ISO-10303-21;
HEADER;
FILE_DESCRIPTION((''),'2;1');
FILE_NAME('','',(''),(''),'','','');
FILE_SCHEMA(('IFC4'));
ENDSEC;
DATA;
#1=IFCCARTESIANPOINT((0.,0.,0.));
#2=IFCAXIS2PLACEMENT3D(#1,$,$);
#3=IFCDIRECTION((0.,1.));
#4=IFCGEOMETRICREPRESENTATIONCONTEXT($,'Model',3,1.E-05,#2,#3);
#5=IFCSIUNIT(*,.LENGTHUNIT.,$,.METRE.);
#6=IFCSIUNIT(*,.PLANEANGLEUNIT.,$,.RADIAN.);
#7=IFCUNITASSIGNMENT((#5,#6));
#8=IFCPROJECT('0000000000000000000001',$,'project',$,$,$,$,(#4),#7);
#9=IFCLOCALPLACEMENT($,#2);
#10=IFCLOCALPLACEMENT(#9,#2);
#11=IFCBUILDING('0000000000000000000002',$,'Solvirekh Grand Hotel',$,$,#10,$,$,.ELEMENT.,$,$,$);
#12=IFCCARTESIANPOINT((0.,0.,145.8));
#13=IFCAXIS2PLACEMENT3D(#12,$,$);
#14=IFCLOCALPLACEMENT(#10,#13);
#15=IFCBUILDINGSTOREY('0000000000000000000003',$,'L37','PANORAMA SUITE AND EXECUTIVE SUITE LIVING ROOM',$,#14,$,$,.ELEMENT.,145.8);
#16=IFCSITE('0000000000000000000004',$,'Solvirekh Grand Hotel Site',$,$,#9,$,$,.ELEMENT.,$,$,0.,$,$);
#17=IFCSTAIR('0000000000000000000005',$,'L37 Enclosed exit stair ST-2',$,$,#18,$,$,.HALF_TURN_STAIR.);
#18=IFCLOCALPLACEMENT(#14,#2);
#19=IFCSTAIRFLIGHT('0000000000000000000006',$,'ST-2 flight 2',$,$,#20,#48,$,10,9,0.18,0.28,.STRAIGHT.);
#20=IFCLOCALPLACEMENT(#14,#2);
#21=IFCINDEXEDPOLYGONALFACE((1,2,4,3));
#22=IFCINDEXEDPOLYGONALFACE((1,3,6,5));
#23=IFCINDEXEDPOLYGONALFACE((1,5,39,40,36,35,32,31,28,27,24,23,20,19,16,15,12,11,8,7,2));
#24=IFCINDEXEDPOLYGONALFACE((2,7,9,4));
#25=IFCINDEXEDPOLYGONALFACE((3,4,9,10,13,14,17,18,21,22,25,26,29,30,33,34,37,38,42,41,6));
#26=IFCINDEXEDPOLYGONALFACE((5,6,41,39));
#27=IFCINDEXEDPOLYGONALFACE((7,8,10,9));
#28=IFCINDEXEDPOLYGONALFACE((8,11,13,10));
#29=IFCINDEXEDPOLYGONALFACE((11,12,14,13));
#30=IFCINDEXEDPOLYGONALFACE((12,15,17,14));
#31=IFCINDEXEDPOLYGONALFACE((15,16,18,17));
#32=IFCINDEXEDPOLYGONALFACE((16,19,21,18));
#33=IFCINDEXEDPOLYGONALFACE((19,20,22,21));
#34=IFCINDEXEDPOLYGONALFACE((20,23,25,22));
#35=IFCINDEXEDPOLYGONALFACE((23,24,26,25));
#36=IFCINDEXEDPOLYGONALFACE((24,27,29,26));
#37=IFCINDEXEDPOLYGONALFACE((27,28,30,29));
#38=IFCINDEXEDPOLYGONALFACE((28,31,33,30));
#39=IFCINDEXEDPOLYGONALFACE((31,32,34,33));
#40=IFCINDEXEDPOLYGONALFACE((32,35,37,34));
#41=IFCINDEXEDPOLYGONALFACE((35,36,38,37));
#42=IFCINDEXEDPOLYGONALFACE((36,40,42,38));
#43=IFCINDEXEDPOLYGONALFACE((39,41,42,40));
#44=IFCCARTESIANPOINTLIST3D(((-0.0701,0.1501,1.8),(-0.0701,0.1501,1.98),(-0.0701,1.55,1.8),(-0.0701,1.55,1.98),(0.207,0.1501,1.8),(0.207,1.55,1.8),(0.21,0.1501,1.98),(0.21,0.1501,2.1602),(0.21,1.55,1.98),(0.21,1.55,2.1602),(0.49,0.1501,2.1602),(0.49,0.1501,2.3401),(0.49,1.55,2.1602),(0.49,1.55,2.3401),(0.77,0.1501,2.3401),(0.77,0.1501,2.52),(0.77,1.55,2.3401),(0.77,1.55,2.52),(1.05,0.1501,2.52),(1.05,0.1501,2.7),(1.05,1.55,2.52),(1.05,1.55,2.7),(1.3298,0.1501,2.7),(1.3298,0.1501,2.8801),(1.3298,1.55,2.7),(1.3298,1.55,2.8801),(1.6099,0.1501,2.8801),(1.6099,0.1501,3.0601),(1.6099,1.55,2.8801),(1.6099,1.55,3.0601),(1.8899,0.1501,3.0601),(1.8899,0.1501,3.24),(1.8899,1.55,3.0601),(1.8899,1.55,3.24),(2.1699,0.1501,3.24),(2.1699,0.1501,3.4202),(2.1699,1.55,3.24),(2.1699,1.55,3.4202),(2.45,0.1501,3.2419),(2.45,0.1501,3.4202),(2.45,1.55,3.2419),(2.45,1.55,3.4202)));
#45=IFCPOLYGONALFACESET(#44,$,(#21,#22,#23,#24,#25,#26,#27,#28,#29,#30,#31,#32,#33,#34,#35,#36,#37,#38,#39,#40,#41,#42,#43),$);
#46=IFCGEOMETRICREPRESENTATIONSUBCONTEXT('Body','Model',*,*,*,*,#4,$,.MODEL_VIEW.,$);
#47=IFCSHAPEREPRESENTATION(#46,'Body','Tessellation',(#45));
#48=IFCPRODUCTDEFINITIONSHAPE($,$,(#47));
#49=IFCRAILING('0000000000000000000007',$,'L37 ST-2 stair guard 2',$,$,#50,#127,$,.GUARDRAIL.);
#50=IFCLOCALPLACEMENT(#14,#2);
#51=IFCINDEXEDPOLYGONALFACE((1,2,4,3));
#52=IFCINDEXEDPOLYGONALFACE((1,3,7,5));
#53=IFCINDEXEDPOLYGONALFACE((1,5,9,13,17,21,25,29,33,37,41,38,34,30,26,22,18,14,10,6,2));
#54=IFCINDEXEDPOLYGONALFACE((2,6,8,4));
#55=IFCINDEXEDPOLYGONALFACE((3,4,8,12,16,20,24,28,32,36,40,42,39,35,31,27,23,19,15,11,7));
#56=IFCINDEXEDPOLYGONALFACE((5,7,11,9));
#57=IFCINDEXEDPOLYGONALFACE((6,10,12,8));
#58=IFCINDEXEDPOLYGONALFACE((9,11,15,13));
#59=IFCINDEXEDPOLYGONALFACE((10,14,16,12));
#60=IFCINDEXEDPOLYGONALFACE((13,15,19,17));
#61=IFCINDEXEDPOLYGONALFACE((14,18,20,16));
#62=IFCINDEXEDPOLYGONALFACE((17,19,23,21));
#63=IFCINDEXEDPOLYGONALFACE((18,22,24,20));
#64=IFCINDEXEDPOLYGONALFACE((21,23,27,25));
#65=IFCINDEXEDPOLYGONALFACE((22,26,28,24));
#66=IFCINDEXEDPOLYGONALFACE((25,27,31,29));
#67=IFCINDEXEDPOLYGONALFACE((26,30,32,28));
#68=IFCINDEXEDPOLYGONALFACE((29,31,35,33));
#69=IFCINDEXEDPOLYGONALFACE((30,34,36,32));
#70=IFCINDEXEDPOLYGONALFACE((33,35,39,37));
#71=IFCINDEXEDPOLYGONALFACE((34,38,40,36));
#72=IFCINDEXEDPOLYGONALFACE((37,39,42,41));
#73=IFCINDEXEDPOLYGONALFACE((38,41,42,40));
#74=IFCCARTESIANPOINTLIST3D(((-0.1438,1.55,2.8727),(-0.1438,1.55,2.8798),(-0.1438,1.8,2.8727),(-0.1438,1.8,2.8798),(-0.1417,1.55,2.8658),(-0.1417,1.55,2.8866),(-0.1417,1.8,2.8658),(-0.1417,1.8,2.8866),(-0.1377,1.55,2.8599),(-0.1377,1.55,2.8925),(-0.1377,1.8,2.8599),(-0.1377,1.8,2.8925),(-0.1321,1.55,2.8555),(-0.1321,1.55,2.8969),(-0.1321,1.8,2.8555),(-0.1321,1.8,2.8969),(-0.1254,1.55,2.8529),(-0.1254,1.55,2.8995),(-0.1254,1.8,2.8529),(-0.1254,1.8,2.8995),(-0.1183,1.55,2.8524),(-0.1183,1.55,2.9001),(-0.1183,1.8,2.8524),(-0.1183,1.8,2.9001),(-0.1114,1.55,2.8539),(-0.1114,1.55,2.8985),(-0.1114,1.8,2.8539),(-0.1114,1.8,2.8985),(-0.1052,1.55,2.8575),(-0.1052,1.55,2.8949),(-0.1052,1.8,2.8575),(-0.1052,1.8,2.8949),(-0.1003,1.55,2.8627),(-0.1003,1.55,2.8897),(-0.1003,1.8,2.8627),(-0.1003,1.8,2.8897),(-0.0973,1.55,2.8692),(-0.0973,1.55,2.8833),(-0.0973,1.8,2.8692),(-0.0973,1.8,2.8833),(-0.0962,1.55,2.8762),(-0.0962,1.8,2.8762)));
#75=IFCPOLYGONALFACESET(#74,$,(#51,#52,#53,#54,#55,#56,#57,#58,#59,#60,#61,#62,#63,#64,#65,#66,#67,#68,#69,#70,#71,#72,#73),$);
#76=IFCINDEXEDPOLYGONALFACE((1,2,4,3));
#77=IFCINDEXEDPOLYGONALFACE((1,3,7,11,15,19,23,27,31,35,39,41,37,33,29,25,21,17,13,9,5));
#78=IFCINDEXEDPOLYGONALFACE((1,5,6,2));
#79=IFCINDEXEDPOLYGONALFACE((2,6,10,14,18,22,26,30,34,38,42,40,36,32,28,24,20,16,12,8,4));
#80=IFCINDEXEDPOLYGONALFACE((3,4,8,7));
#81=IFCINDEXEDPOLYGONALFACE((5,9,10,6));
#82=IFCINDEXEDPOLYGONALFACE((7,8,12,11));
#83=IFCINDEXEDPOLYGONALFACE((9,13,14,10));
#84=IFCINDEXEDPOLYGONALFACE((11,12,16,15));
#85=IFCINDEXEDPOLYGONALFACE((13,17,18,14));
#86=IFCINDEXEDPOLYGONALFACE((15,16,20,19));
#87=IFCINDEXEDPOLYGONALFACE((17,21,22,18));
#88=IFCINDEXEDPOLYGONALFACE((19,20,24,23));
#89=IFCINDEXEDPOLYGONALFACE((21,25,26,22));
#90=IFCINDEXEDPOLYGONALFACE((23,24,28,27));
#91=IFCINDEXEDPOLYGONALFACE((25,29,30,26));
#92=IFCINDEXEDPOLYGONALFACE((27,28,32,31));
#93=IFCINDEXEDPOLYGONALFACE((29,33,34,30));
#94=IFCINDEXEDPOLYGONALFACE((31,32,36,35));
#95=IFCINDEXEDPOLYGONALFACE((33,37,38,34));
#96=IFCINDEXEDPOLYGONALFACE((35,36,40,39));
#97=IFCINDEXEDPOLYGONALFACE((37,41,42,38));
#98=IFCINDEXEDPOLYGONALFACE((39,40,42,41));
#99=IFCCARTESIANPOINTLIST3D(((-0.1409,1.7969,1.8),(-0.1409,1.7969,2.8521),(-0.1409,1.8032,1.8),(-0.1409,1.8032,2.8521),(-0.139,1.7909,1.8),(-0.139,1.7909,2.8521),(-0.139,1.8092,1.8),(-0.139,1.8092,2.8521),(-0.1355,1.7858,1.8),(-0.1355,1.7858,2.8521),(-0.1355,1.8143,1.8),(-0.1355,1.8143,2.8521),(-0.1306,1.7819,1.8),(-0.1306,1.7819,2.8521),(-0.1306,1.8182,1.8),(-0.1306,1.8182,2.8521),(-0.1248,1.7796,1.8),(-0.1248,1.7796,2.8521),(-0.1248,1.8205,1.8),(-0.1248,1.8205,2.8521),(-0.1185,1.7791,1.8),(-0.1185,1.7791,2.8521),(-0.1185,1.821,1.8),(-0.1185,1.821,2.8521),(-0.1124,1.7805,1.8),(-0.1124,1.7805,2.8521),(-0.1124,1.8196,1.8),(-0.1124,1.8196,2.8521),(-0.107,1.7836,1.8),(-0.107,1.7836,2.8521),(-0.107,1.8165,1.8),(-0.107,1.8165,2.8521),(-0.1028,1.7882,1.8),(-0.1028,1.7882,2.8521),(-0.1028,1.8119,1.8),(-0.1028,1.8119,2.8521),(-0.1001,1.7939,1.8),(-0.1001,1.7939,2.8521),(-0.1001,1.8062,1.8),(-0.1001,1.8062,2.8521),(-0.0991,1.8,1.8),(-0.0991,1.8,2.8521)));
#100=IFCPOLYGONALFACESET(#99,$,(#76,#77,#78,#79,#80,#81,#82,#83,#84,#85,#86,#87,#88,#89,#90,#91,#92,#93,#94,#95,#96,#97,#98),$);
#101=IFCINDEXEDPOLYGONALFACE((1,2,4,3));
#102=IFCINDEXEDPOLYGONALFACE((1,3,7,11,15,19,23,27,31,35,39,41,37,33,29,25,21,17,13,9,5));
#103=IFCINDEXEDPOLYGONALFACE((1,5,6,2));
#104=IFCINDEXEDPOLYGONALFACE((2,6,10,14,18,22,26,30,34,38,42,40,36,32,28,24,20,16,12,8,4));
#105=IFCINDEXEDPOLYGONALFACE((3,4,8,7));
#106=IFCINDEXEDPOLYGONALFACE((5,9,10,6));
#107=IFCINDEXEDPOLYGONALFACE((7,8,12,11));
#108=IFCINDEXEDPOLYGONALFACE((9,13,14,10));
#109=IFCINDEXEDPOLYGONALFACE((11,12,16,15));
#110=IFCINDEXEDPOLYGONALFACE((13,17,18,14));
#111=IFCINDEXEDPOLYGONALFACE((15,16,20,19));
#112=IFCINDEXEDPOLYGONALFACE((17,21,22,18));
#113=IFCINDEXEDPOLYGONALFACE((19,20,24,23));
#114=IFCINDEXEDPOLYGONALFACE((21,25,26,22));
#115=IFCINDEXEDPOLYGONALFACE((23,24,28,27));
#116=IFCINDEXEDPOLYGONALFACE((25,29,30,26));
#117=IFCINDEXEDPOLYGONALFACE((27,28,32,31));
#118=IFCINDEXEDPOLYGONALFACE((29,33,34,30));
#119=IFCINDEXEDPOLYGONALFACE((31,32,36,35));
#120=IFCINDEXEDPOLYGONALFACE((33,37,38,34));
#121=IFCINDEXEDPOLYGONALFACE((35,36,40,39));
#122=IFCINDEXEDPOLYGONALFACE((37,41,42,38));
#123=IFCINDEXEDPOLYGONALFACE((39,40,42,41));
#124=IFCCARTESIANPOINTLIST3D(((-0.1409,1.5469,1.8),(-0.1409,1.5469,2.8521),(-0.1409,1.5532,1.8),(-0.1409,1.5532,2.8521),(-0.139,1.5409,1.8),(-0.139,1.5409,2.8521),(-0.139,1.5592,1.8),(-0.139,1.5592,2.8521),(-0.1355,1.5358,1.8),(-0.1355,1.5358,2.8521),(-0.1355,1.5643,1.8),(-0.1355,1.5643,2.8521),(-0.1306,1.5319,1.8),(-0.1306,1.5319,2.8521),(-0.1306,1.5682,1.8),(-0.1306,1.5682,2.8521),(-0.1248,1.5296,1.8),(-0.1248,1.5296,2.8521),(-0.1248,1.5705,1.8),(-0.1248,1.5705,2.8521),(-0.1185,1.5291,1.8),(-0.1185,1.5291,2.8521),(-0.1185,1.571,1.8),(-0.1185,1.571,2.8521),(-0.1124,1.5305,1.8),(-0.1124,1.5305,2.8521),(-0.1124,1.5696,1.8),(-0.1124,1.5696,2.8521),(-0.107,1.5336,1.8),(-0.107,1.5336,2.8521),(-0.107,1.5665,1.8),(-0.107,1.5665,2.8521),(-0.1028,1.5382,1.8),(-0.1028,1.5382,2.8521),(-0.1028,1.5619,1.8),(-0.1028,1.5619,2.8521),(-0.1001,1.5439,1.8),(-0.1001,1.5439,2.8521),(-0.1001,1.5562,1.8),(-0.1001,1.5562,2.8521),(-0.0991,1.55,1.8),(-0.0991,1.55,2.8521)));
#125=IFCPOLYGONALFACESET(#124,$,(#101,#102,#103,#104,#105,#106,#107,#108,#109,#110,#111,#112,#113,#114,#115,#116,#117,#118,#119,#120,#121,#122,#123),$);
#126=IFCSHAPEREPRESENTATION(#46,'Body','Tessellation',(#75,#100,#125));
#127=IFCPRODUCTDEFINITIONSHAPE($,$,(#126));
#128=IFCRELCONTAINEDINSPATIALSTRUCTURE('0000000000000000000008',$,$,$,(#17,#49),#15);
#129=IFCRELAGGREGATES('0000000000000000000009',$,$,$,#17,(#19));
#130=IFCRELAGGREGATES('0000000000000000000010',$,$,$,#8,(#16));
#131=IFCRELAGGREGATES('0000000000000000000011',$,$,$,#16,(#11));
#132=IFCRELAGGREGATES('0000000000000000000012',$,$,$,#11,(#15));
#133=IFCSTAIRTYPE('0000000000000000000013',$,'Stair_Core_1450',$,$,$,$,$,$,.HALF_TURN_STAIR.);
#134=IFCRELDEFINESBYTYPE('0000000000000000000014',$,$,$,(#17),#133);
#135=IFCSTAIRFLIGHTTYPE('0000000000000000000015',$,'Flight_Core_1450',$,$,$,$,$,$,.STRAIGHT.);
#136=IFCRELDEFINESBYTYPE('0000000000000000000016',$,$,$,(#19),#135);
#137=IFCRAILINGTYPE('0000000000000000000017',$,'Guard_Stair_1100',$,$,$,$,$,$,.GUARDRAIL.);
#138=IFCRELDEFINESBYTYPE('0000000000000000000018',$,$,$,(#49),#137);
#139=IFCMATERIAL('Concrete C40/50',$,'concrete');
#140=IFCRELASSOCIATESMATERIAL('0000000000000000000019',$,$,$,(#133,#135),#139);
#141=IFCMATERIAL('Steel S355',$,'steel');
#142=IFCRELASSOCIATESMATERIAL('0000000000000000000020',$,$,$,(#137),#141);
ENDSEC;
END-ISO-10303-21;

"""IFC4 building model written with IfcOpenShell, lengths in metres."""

from ifc_helpers import new_model, si_unit, direction, frame, origin, origin_2d, place, context, subcontext, project, spatial, polyline, circle, outline, extrude, material, type_object, element, aggregate, save


model = new_model("IFC4")

# Units and contexts
model_context = context("Model", 3, precision=1e-05, world=origin(), true_north=direction((0.0, 1.0)))
body_context = subcontext(model_context, "Body", "Model", "MODEL_VIEW")
ifc_project = project(units=[si_unit("LENGTHUNIT", "METRE"), si_unit("PLANEANGLEUNIT", "RADIAN")], contexts=[model_context])

# Site, building, storey
site_placement = place(None, origin())
site = spatial("IfcSite", under=ifc_project, at=site_placement, Name="Solvirekh Grand Hotel Site", CompositionType="ELEMENT", RefElevation=0.0)
building_placement = place(site_placement, origin())
building = spatial("IfcBuilding", under=site, at=building_placement, Name="Solvirekh Grand Hotel", CompositionType="ELEMENT")
storey_placement = place(building_placement, frame((0.0, 0.0, 145.8)))
storey = spatial("IfcBuildingStorey", under=building, at=storey_placement, Name="L37", Description="PANORAMA SUITE AND EXECUTIVE SUITE LIVING ROOM", CompositionType="ELEMENT", Elevation=145.8)

# Shared definitions
ifc_material_1 = material(Name="Concrete C40/50", Category="concrete")

# Stair, stair flight
stair_type = type_object("IfcStairType", Name="Stair_Core_1450", PredefinedType="HALF_TURN_STAIR", material=ifc_material_1)
stair_placement = place(storey_placement, origin())
stair = element("IfcStair", 1, at=stair_placement, inside=storey, type_object=stair_type, Name="L37 Enclosed exit stair ST-2", PredefinedType="HALF_TURN_STAIR")
stair_flight_type = type_object("IfcStairFlightType", Name="Flight_Core_1450", PredefinedType="STRAIGHT", material=ifc_material_1)
stair_flight_placement = place(storey_placement, frame((-0.0701, 0.8501, 1.8), z_axis=(0.0, 0.0, 1.0), x_axis=(1.0, 0.0, 0.0)))
stair_flight = element("IfcStairFlight", 2, at=stair_flight_placement, type_object=stair_flight_type, Name="ST-2 flight 2", NumberOfRisers=10, NumberOfTreads=9, PredefinedType="STRAIGHT", RiserHeight=0.18, TreadLength=0.28, context=body_context, shape_type="SweptSolid", body=[
    extrude(outline(polyline([(0.0, 0.0), (0.0, 0.1799), (0.28, 0.1799), (0.28, 0.3601), (0.5601, 0.3601), (0.5601, 0.54), (0.8401, 0.54), (0.8401, 0.72), (1.1201, 0.72), (1.1201, 0.8999), (1.3999, 0.8999), (1.3999, 1.0801), (1.6799, 1.0801), (1.6799, 1.26), (1.96, 1.26), (1.96, 1.4399), (2.24, 1.4399), (2.24, 1.6201), (2.52, 1.6201), (2.52, 1.8), (2.52, 1.4419), (0.2771, 0.0), (0.0, 0.0)])), frame((0.0, 0.7, 0.0), z_axis=(0.0, -1.0, 0.0), x_axis=(1.0, 0.0, 0.0)), (0.0, 0.0, 1.0), 1.3999),
])
aggregate(stair, [stair_flight])

# Railing
ifc_material_2 = material(Name="Steel S355", Category="steel")
railing_type_1 = type_object("IfcRailingType", Name="Guard_Stair_1100", PredefinedType="GUARDRAIL", material=ifc_material_2)
railing_1_placement = place(storey_placement, frame((-0.1201, 1.8, 1.8)))
element("IfcRailing", 3, at=railing_1_placement, inside=storey, type_object=railing_type_1, Name="L37 ST-2 stair guard 2", PredefinedType="GUARDRAIL", context=body_context, shape_type="SweptSolid", body=[
    extrude(circle(Radius=0.0239, at=origin_2d()), frame((0.0, 0.0, 1.0762), z_axis=(0.0, -1.0, 0.0), x_axis=(1.0, 0.0, 0.0)), (0.0, 0.0, 1.0), 0.25),
    extrude(circle(Radius=0.021, at=origin_2d()), origin(), (0.0, 0.0, 1.0), 1.052),
    extrude(circle(Radius=0.021, at=origin_2d()), frame((0.0, -0.25, 0.0)), (0.0, 0.0, 1.0), 1.052),
])

save(model, "model.ifc")
